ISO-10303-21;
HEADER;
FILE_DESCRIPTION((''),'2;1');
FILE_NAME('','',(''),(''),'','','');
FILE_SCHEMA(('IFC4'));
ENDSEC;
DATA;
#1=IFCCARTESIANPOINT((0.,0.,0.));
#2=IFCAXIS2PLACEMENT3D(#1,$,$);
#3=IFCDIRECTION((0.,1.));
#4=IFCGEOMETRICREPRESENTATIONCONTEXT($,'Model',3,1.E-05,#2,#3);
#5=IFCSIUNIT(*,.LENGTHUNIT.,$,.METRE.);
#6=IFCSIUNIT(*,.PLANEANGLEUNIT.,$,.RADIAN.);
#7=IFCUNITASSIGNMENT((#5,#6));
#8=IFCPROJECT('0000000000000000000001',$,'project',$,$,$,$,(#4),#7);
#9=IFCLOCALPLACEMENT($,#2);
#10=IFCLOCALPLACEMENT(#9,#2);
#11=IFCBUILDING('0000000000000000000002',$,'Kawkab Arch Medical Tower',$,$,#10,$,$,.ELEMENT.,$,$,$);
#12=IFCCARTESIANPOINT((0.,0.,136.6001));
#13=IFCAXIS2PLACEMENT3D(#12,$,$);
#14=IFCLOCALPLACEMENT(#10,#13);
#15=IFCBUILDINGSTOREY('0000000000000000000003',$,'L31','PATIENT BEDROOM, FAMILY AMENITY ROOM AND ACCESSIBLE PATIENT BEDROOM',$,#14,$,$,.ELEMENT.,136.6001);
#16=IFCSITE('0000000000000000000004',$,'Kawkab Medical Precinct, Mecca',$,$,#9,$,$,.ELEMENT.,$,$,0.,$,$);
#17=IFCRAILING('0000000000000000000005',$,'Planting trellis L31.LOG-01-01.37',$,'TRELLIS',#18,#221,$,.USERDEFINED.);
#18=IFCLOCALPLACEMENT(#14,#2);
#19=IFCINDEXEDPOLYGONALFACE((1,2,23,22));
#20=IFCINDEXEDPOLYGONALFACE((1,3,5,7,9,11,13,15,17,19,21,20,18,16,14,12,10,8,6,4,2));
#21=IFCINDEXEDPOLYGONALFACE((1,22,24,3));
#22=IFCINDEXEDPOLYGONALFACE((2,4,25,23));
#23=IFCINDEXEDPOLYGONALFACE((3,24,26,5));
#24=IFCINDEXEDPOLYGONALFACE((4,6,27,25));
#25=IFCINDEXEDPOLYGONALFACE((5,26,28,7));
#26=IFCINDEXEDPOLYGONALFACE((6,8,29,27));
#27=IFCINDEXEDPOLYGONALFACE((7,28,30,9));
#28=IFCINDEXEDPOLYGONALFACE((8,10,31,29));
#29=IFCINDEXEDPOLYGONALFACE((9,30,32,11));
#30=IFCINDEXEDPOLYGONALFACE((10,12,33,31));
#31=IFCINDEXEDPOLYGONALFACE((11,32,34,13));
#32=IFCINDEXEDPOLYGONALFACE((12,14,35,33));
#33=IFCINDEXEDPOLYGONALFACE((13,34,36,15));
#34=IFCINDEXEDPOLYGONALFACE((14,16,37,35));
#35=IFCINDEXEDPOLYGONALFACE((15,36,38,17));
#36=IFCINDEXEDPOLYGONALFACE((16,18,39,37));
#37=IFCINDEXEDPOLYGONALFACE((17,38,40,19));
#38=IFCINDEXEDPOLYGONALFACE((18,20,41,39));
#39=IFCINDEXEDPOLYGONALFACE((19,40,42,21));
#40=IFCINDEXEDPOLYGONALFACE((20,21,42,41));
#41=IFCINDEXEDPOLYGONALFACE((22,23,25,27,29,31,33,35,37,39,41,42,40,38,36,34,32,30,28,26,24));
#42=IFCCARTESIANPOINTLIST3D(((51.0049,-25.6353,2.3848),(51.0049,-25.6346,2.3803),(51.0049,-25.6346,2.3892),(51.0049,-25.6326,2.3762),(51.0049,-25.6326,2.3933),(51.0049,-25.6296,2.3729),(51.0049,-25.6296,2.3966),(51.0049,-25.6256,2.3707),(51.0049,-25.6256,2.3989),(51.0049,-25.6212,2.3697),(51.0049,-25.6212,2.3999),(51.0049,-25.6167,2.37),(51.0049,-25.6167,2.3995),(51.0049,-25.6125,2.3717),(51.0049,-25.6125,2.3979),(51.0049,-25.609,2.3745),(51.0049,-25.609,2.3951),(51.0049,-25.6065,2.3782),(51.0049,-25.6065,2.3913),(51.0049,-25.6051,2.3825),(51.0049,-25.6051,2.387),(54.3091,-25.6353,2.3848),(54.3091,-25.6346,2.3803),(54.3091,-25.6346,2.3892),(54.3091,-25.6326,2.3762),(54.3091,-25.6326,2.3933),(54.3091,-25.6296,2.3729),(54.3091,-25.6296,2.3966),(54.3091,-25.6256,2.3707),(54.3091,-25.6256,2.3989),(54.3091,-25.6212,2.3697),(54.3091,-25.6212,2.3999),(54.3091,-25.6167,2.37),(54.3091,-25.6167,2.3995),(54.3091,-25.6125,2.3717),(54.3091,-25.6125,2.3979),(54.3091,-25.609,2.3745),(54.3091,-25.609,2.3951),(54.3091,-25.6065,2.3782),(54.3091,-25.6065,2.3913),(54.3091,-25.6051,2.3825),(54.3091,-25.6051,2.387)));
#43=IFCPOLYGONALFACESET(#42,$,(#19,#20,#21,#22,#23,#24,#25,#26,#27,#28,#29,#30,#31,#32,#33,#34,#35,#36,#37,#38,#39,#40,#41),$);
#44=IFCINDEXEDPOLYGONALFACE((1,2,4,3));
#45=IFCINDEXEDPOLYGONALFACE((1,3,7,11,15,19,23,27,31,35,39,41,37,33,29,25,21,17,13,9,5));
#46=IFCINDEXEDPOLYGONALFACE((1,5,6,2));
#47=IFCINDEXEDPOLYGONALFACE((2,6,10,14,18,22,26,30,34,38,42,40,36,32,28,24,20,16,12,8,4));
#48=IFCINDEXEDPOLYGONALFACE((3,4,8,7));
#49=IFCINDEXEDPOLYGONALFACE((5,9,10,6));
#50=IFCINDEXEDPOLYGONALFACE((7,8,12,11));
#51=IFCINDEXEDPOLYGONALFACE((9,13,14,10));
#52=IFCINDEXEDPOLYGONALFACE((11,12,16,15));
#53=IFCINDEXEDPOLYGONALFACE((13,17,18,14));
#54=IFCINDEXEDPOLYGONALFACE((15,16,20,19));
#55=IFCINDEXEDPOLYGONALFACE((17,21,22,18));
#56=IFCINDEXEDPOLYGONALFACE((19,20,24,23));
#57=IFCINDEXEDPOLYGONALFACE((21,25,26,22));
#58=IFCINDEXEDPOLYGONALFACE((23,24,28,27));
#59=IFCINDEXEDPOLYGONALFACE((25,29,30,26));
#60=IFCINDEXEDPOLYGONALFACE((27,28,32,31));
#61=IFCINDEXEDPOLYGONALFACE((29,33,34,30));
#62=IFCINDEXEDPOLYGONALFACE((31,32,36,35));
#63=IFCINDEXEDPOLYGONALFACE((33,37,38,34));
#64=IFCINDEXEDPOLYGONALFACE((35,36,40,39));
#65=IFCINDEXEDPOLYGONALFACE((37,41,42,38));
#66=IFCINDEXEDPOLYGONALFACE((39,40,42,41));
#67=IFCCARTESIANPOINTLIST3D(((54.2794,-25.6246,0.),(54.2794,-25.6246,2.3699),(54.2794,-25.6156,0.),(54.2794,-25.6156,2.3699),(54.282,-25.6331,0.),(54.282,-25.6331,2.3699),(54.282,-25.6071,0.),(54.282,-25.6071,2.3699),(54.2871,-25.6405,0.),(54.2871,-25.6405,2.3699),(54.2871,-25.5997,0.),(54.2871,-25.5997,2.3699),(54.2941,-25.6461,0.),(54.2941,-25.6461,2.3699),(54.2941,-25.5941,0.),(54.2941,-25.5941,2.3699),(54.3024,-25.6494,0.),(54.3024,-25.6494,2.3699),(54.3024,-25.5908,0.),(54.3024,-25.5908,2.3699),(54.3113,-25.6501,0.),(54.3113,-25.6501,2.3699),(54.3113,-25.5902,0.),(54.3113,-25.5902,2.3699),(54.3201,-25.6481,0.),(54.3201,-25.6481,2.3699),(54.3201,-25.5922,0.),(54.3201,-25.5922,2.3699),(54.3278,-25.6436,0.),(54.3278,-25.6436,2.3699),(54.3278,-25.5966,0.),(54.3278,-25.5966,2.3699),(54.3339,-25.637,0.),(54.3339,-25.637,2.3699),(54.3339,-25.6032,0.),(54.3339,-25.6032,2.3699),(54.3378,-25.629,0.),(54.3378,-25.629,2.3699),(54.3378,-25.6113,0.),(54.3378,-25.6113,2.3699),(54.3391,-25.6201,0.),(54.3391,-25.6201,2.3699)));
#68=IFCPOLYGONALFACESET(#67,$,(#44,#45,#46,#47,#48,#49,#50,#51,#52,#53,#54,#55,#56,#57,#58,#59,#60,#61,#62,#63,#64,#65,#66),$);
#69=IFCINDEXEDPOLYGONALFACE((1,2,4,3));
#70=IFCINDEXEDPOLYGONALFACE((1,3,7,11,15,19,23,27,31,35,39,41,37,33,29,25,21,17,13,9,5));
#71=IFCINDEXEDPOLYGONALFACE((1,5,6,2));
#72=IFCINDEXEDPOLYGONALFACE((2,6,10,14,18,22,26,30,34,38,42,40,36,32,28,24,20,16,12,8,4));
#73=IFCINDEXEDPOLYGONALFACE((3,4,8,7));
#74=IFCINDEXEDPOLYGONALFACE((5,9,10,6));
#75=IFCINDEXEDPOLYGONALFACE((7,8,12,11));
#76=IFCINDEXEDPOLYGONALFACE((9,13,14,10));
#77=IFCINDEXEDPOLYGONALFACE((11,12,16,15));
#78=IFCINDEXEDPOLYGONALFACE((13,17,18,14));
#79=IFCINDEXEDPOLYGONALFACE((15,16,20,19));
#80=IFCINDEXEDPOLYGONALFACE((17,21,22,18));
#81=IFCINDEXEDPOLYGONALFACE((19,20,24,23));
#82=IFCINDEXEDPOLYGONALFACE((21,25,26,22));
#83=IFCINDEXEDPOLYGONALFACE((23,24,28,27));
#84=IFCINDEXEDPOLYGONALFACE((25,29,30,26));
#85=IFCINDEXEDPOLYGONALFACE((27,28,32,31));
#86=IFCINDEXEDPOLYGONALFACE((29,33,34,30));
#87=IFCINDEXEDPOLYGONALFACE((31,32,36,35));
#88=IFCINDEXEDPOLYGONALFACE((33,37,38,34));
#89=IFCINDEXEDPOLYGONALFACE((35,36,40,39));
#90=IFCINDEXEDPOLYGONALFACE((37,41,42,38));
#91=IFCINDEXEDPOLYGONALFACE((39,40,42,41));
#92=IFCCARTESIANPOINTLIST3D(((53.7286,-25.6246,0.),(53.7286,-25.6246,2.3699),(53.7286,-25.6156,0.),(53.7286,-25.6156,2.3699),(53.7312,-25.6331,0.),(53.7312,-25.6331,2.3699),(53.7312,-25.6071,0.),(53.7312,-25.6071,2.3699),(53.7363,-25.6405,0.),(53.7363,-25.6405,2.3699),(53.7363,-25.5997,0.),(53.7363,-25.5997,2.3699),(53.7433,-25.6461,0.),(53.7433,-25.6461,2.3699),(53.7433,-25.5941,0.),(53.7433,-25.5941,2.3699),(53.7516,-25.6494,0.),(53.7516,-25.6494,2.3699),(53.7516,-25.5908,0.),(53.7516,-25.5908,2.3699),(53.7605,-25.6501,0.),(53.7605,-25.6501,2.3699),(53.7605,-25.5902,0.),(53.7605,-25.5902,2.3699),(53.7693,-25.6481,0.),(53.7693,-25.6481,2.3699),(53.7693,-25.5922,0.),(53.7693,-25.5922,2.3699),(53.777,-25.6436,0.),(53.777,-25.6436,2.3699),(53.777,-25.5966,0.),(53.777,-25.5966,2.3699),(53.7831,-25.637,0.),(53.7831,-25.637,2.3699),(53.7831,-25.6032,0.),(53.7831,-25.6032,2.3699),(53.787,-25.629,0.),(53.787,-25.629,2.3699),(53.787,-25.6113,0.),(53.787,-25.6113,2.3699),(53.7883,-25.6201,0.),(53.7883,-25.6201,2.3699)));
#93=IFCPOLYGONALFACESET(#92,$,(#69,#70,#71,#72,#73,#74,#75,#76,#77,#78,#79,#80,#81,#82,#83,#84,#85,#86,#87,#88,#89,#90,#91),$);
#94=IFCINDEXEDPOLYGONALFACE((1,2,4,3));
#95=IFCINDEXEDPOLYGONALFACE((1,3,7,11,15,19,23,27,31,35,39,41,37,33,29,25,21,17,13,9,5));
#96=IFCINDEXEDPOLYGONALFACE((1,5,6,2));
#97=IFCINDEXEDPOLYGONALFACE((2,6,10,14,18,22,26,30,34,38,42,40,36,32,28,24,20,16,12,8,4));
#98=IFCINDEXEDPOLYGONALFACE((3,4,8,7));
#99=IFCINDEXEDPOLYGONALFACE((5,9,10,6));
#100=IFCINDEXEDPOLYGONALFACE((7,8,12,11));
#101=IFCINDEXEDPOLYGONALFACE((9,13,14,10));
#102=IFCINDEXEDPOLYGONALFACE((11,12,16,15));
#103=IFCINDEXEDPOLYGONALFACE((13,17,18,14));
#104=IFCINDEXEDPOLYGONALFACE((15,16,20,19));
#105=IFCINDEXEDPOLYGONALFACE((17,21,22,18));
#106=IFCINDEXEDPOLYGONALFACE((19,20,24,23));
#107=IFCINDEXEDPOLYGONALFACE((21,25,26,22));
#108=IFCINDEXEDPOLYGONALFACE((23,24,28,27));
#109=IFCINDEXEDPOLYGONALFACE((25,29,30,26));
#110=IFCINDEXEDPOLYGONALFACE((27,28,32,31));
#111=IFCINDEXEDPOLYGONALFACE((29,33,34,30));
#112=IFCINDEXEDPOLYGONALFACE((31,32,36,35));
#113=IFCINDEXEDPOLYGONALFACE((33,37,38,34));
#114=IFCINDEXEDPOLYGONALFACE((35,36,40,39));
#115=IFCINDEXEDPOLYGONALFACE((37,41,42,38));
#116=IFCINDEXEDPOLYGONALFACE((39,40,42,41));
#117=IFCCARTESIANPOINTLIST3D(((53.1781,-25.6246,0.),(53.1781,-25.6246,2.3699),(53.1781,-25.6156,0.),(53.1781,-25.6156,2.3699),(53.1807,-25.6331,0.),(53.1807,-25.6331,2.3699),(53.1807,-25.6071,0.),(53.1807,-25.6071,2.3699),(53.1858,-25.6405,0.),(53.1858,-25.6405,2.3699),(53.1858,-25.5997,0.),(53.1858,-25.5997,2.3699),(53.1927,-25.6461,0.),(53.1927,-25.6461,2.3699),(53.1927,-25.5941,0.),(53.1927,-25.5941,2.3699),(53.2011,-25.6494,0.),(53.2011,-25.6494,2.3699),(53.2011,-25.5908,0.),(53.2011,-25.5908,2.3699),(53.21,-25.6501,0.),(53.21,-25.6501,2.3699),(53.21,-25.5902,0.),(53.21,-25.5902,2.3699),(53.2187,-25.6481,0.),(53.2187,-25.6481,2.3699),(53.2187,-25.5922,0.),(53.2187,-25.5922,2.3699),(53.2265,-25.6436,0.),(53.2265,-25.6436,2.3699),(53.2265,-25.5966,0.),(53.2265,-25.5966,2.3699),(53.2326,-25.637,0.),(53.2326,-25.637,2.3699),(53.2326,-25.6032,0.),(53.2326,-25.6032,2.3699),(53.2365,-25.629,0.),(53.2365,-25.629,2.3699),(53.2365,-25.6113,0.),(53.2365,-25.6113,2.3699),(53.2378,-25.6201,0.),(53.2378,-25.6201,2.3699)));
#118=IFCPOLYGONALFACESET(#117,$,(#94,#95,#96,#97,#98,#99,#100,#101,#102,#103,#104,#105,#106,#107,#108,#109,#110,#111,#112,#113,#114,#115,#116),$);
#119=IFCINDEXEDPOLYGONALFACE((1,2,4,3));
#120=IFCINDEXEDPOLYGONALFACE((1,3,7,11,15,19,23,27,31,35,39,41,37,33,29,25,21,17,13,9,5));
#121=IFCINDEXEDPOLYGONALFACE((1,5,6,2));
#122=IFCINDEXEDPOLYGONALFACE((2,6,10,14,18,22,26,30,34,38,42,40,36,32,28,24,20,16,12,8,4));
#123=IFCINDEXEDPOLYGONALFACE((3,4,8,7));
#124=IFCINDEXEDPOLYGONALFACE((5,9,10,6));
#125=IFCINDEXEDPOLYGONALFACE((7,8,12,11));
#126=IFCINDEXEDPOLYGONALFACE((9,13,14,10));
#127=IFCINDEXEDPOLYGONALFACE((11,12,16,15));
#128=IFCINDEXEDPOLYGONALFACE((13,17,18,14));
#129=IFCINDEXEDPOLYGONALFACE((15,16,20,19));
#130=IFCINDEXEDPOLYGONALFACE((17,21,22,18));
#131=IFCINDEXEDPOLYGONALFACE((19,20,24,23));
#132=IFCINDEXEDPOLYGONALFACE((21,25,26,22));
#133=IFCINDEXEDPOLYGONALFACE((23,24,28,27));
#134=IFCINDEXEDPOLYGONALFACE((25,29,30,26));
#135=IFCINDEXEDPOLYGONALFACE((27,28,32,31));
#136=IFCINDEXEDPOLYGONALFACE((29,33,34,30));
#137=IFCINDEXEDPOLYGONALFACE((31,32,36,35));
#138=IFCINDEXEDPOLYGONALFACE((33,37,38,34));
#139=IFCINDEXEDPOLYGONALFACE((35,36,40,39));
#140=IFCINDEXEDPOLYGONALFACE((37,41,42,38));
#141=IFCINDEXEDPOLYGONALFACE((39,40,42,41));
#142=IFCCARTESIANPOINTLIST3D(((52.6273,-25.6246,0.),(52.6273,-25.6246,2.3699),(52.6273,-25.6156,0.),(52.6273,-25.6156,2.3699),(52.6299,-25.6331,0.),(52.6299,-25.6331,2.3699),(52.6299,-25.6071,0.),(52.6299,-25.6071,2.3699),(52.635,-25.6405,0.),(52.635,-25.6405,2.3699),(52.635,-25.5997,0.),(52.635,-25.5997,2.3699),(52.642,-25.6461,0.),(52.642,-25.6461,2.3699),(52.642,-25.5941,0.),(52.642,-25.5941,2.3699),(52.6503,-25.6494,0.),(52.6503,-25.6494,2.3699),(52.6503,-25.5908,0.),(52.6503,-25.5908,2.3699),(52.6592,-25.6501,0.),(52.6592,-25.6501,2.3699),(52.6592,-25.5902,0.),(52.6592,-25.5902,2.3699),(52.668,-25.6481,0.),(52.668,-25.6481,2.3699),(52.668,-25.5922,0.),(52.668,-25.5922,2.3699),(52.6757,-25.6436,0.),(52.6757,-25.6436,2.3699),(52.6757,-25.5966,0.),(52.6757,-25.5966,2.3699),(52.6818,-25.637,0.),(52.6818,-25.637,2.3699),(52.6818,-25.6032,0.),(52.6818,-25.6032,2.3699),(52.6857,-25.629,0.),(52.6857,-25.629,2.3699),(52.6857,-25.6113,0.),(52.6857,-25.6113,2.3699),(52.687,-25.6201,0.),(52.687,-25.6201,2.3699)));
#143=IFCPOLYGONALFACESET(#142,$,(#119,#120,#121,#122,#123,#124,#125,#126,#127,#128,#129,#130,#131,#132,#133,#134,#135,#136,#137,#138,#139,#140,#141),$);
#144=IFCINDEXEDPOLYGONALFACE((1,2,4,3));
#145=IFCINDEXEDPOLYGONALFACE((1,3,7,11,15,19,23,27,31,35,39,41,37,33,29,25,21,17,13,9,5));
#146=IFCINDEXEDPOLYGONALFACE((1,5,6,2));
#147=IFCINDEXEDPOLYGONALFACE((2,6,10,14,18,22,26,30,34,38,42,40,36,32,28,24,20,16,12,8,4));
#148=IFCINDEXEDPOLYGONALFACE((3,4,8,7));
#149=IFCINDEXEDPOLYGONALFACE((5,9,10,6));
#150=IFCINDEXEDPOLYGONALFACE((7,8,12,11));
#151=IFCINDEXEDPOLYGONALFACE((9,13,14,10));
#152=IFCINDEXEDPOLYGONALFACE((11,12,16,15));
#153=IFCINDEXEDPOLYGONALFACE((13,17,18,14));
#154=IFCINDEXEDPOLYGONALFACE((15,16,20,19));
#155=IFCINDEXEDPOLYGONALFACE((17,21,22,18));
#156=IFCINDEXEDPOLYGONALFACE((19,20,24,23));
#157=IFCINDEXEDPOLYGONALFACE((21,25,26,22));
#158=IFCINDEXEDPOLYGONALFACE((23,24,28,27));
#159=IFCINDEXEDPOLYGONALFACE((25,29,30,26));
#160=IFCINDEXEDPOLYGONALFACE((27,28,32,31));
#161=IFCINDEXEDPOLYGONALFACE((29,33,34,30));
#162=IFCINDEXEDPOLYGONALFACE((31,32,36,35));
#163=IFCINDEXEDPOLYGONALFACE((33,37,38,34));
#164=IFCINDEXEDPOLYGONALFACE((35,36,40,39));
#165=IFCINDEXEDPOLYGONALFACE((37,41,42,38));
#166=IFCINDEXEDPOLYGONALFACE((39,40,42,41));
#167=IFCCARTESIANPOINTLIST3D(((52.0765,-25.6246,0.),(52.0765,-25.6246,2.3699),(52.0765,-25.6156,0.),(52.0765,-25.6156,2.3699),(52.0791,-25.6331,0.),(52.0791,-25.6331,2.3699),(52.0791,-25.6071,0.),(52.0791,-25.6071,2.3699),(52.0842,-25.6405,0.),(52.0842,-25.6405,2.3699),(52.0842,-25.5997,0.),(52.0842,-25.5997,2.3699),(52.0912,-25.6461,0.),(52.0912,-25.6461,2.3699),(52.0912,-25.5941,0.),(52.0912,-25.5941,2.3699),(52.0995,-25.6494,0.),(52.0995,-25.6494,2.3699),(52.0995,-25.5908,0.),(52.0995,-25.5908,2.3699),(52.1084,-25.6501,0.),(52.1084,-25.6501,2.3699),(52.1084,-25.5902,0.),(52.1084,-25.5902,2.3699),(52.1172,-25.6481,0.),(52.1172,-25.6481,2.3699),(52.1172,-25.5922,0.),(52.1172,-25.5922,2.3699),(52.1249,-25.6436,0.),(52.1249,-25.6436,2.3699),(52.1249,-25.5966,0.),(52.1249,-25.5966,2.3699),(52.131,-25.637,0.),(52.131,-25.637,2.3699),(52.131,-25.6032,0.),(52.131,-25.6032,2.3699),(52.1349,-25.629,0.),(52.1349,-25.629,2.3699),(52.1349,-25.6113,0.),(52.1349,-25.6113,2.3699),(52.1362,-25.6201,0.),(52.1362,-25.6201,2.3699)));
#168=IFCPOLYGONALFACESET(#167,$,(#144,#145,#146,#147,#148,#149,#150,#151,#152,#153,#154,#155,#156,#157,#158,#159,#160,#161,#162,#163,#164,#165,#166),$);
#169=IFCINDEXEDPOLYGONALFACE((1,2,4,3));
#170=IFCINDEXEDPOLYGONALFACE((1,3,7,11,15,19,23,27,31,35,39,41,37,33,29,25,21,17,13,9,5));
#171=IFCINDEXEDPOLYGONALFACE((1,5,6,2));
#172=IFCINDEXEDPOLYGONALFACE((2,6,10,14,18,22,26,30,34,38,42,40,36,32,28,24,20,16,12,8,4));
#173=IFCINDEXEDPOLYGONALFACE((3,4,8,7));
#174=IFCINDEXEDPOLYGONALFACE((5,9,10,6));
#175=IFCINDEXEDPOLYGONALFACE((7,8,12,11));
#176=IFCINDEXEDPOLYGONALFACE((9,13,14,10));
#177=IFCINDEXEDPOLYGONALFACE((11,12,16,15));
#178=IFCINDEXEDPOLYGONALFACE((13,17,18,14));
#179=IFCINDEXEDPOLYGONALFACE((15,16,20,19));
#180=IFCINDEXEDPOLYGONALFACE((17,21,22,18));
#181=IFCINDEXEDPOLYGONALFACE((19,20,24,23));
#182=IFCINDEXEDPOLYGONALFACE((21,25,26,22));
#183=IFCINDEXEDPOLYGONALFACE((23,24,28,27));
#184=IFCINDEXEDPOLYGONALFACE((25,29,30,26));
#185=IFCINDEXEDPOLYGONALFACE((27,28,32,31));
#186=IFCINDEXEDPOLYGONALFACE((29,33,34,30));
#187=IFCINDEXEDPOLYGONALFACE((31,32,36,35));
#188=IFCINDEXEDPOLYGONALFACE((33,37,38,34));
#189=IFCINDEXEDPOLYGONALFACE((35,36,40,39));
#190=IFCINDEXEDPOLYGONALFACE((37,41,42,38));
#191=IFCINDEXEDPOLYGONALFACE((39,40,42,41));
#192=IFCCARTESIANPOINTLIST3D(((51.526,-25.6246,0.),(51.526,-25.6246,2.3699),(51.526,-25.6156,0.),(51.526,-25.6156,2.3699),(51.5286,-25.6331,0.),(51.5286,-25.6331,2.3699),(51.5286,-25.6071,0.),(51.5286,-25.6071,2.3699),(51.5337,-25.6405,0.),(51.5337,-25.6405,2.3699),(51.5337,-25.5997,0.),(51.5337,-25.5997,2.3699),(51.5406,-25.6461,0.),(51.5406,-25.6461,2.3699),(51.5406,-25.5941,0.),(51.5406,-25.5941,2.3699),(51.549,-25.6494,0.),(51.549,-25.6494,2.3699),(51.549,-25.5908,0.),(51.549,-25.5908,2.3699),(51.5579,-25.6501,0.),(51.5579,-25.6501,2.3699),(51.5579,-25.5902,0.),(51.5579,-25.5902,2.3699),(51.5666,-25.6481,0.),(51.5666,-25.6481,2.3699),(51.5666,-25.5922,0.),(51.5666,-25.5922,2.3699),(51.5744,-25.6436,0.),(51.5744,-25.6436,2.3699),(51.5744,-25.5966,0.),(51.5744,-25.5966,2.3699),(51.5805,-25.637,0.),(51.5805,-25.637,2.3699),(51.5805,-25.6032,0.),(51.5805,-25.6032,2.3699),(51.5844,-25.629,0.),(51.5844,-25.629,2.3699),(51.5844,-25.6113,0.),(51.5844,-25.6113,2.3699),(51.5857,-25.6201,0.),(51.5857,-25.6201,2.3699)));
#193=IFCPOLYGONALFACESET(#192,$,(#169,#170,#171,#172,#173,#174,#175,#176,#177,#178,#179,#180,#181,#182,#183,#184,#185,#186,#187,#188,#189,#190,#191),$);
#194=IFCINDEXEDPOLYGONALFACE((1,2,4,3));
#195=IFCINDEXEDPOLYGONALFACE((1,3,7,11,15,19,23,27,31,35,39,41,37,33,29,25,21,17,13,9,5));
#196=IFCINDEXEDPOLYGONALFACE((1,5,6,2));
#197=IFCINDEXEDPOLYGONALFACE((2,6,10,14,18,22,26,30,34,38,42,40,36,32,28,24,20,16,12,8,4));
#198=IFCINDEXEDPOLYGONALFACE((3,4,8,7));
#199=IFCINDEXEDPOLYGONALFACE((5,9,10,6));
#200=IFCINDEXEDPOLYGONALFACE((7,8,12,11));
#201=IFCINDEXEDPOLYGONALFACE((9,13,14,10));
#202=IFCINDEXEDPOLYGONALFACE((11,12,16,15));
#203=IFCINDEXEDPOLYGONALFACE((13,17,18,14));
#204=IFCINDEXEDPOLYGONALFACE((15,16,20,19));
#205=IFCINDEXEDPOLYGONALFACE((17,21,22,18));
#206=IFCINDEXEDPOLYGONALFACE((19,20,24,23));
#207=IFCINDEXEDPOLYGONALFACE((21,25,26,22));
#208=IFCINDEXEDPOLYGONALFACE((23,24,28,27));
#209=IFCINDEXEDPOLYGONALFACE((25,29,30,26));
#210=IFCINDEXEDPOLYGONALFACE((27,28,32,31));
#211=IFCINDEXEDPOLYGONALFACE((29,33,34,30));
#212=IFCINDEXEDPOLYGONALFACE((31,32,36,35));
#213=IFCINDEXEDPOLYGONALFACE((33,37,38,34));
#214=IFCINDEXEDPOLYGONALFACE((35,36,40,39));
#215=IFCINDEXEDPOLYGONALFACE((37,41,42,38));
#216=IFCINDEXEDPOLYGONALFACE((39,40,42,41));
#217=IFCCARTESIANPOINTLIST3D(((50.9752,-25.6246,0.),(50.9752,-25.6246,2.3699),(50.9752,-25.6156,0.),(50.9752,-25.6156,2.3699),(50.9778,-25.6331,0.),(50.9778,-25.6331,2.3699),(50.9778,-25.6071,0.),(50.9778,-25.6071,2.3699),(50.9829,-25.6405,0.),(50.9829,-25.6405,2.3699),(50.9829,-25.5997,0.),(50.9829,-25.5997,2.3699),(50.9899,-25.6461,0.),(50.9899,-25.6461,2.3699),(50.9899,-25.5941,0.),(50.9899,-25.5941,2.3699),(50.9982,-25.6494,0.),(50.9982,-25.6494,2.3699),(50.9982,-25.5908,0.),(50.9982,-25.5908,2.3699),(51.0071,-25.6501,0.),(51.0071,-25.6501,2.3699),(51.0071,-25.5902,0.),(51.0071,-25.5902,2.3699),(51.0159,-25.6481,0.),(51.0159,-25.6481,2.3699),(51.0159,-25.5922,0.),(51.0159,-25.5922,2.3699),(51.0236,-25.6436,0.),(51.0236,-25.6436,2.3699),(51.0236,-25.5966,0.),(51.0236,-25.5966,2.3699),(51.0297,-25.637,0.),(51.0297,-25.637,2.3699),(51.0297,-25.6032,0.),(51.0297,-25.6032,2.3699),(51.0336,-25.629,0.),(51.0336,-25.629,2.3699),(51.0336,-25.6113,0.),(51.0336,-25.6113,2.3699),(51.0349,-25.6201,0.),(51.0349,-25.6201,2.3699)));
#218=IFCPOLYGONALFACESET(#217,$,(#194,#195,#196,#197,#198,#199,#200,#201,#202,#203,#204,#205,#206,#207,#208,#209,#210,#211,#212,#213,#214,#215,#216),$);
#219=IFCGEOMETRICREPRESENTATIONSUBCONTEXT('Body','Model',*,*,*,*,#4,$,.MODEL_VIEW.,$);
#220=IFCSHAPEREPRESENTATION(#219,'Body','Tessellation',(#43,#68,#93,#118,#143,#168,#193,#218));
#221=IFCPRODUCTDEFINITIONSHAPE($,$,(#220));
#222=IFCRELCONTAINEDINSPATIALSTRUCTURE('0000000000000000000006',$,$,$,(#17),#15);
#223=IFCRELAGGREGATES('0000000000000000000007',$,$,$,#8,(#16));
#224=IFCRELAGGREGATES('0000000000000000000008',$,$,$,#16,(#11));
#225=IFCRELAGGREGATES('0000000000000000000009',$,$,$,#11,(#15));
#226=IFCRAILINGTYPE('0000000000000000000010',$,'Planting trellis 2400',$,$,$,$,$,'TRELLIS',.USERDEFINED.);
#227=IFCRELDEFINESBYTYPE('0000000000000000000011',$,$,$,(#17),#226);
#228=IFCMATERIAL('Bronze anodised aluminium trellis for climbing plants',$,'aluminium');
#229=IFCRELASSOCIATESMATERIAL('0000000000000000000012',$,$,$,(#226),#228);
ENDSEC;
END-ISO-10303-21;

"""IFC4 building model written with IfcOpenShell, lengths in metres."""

from ifc_helpers import new_model, si_unit, direction, frame, origin, origin_2d, place, context, subcontext, project, spatial, circle, extrude, material, type_object, element, save


model = new_model("IFC4")

# Units and contexts
model_context = context("Model", 3, precision=1e-05, world=origin(), true_north=direction((0.0, 1.0)))
body_context = subcontext(model_context, "Body", "Model", "MODEL_VIEW")
ifc_project = project(units=[si_unit("LENGTHUNIT", "METRE"), si_unit("PLANEANGLEUNIT", "RADIAN")], contexts=[model_context])

# Site, building, storey
site_placement = place(None, origin())
site = spatial("IfcSite", under=ifc_project, at=site_placement, Name="Kawkab Medical Precinct, Mecca", CompositionType="ELEMENT", RefElevation=0.0)
building_placement = place(site_placement, origin())
building = spatial("IfcBuilding", under=site, at=building_placement, Name="Kawkab Arch Medical Tower", CompositionType="ELEMENT")
storey_placement = place(building_placement, frame((0.0, 0.0, 136.6001)))
storey = spatial("IfcBuildingStorey", under=building, at=storey_placement, Name="L31", Description="PATIENT BEDROOM, FAMILY AMENITY ROOM AND ACCESSIBLE PATIENT BEDROOM", CompositionType="ELEMENT", Elevation=136.6001)

# Railing
ifc_material_1 = material(Name="Bronze anodised aluminium trellis for climbing plants", Category="aluminium")
railing_type = type_object("IfcRailingType", Name="Planting trellis 2400", ElementType="TRELLIS", PredefinedType="USERDEFINED", material=ifc_material_1)
railing_1_placement = place(storey_placement, frame((54.3091, -25.6201, 0.0)))
element("IfcRailing", 1, at=railing_1_placement, inside=storey, type_object=railing_type, Name="Planting trellis L31.LOG-01-01.37", ObjectType="TRELLIS", PredefinedType="USERDEFINED", context=body_context, shape_type="SweptSolid", body=[
    extrude(circle(Radius=0.0151, at=origin_2d()), frame((0.0, 0.0, 2.3848), z_axis=(-1.0, 0.0, 0.0), x_axis=(0.0, -1.0, 0.0)), (0.0, 0.0, 1.0), 3.3042),
    extrude(circle(Radius=0.03, at=origin_2d()), origin(), (0.0, 0.0, 1.0), 2.3699),
    extrude(circle(Radius=0.03, at=origin_2d()), frame((-0.5508, 0.0, 0.0)), (0.0, 0.0, 1.0), 2.3699),
    extrude(circle(Radius=0.03, at=origin_2d()), frame((-1.1013, 0.0, 0.0)), (0.0, 0.0, 1.0), 2.3699),
    extrude(circle(Radius=0.03, at=origin_2d()), frame((-1.6521, 0.0, 0.0)), (0.0, 0.0, 1.0), 2.3699),
    extrude(circle(Radius=0.03, at=origin_2d()), frame((-2.2029, 0.0, 0.0)), (0.0, 0.0, 1.0), 2.3699),
    extrude(circle(Radius=0.03, at=origin_2d()), frame((-2.7534, 0.0, 0.0)), (0.0, 0.0, 1.0), 2.3699),
    extrude(circle(Radius=0.03, at=origin_2d()), frame((-3.3042, 0.0, 0.0)), (0.0, 0.0, 1.0), 2.3699),
])

save(model, "model.ifc")
